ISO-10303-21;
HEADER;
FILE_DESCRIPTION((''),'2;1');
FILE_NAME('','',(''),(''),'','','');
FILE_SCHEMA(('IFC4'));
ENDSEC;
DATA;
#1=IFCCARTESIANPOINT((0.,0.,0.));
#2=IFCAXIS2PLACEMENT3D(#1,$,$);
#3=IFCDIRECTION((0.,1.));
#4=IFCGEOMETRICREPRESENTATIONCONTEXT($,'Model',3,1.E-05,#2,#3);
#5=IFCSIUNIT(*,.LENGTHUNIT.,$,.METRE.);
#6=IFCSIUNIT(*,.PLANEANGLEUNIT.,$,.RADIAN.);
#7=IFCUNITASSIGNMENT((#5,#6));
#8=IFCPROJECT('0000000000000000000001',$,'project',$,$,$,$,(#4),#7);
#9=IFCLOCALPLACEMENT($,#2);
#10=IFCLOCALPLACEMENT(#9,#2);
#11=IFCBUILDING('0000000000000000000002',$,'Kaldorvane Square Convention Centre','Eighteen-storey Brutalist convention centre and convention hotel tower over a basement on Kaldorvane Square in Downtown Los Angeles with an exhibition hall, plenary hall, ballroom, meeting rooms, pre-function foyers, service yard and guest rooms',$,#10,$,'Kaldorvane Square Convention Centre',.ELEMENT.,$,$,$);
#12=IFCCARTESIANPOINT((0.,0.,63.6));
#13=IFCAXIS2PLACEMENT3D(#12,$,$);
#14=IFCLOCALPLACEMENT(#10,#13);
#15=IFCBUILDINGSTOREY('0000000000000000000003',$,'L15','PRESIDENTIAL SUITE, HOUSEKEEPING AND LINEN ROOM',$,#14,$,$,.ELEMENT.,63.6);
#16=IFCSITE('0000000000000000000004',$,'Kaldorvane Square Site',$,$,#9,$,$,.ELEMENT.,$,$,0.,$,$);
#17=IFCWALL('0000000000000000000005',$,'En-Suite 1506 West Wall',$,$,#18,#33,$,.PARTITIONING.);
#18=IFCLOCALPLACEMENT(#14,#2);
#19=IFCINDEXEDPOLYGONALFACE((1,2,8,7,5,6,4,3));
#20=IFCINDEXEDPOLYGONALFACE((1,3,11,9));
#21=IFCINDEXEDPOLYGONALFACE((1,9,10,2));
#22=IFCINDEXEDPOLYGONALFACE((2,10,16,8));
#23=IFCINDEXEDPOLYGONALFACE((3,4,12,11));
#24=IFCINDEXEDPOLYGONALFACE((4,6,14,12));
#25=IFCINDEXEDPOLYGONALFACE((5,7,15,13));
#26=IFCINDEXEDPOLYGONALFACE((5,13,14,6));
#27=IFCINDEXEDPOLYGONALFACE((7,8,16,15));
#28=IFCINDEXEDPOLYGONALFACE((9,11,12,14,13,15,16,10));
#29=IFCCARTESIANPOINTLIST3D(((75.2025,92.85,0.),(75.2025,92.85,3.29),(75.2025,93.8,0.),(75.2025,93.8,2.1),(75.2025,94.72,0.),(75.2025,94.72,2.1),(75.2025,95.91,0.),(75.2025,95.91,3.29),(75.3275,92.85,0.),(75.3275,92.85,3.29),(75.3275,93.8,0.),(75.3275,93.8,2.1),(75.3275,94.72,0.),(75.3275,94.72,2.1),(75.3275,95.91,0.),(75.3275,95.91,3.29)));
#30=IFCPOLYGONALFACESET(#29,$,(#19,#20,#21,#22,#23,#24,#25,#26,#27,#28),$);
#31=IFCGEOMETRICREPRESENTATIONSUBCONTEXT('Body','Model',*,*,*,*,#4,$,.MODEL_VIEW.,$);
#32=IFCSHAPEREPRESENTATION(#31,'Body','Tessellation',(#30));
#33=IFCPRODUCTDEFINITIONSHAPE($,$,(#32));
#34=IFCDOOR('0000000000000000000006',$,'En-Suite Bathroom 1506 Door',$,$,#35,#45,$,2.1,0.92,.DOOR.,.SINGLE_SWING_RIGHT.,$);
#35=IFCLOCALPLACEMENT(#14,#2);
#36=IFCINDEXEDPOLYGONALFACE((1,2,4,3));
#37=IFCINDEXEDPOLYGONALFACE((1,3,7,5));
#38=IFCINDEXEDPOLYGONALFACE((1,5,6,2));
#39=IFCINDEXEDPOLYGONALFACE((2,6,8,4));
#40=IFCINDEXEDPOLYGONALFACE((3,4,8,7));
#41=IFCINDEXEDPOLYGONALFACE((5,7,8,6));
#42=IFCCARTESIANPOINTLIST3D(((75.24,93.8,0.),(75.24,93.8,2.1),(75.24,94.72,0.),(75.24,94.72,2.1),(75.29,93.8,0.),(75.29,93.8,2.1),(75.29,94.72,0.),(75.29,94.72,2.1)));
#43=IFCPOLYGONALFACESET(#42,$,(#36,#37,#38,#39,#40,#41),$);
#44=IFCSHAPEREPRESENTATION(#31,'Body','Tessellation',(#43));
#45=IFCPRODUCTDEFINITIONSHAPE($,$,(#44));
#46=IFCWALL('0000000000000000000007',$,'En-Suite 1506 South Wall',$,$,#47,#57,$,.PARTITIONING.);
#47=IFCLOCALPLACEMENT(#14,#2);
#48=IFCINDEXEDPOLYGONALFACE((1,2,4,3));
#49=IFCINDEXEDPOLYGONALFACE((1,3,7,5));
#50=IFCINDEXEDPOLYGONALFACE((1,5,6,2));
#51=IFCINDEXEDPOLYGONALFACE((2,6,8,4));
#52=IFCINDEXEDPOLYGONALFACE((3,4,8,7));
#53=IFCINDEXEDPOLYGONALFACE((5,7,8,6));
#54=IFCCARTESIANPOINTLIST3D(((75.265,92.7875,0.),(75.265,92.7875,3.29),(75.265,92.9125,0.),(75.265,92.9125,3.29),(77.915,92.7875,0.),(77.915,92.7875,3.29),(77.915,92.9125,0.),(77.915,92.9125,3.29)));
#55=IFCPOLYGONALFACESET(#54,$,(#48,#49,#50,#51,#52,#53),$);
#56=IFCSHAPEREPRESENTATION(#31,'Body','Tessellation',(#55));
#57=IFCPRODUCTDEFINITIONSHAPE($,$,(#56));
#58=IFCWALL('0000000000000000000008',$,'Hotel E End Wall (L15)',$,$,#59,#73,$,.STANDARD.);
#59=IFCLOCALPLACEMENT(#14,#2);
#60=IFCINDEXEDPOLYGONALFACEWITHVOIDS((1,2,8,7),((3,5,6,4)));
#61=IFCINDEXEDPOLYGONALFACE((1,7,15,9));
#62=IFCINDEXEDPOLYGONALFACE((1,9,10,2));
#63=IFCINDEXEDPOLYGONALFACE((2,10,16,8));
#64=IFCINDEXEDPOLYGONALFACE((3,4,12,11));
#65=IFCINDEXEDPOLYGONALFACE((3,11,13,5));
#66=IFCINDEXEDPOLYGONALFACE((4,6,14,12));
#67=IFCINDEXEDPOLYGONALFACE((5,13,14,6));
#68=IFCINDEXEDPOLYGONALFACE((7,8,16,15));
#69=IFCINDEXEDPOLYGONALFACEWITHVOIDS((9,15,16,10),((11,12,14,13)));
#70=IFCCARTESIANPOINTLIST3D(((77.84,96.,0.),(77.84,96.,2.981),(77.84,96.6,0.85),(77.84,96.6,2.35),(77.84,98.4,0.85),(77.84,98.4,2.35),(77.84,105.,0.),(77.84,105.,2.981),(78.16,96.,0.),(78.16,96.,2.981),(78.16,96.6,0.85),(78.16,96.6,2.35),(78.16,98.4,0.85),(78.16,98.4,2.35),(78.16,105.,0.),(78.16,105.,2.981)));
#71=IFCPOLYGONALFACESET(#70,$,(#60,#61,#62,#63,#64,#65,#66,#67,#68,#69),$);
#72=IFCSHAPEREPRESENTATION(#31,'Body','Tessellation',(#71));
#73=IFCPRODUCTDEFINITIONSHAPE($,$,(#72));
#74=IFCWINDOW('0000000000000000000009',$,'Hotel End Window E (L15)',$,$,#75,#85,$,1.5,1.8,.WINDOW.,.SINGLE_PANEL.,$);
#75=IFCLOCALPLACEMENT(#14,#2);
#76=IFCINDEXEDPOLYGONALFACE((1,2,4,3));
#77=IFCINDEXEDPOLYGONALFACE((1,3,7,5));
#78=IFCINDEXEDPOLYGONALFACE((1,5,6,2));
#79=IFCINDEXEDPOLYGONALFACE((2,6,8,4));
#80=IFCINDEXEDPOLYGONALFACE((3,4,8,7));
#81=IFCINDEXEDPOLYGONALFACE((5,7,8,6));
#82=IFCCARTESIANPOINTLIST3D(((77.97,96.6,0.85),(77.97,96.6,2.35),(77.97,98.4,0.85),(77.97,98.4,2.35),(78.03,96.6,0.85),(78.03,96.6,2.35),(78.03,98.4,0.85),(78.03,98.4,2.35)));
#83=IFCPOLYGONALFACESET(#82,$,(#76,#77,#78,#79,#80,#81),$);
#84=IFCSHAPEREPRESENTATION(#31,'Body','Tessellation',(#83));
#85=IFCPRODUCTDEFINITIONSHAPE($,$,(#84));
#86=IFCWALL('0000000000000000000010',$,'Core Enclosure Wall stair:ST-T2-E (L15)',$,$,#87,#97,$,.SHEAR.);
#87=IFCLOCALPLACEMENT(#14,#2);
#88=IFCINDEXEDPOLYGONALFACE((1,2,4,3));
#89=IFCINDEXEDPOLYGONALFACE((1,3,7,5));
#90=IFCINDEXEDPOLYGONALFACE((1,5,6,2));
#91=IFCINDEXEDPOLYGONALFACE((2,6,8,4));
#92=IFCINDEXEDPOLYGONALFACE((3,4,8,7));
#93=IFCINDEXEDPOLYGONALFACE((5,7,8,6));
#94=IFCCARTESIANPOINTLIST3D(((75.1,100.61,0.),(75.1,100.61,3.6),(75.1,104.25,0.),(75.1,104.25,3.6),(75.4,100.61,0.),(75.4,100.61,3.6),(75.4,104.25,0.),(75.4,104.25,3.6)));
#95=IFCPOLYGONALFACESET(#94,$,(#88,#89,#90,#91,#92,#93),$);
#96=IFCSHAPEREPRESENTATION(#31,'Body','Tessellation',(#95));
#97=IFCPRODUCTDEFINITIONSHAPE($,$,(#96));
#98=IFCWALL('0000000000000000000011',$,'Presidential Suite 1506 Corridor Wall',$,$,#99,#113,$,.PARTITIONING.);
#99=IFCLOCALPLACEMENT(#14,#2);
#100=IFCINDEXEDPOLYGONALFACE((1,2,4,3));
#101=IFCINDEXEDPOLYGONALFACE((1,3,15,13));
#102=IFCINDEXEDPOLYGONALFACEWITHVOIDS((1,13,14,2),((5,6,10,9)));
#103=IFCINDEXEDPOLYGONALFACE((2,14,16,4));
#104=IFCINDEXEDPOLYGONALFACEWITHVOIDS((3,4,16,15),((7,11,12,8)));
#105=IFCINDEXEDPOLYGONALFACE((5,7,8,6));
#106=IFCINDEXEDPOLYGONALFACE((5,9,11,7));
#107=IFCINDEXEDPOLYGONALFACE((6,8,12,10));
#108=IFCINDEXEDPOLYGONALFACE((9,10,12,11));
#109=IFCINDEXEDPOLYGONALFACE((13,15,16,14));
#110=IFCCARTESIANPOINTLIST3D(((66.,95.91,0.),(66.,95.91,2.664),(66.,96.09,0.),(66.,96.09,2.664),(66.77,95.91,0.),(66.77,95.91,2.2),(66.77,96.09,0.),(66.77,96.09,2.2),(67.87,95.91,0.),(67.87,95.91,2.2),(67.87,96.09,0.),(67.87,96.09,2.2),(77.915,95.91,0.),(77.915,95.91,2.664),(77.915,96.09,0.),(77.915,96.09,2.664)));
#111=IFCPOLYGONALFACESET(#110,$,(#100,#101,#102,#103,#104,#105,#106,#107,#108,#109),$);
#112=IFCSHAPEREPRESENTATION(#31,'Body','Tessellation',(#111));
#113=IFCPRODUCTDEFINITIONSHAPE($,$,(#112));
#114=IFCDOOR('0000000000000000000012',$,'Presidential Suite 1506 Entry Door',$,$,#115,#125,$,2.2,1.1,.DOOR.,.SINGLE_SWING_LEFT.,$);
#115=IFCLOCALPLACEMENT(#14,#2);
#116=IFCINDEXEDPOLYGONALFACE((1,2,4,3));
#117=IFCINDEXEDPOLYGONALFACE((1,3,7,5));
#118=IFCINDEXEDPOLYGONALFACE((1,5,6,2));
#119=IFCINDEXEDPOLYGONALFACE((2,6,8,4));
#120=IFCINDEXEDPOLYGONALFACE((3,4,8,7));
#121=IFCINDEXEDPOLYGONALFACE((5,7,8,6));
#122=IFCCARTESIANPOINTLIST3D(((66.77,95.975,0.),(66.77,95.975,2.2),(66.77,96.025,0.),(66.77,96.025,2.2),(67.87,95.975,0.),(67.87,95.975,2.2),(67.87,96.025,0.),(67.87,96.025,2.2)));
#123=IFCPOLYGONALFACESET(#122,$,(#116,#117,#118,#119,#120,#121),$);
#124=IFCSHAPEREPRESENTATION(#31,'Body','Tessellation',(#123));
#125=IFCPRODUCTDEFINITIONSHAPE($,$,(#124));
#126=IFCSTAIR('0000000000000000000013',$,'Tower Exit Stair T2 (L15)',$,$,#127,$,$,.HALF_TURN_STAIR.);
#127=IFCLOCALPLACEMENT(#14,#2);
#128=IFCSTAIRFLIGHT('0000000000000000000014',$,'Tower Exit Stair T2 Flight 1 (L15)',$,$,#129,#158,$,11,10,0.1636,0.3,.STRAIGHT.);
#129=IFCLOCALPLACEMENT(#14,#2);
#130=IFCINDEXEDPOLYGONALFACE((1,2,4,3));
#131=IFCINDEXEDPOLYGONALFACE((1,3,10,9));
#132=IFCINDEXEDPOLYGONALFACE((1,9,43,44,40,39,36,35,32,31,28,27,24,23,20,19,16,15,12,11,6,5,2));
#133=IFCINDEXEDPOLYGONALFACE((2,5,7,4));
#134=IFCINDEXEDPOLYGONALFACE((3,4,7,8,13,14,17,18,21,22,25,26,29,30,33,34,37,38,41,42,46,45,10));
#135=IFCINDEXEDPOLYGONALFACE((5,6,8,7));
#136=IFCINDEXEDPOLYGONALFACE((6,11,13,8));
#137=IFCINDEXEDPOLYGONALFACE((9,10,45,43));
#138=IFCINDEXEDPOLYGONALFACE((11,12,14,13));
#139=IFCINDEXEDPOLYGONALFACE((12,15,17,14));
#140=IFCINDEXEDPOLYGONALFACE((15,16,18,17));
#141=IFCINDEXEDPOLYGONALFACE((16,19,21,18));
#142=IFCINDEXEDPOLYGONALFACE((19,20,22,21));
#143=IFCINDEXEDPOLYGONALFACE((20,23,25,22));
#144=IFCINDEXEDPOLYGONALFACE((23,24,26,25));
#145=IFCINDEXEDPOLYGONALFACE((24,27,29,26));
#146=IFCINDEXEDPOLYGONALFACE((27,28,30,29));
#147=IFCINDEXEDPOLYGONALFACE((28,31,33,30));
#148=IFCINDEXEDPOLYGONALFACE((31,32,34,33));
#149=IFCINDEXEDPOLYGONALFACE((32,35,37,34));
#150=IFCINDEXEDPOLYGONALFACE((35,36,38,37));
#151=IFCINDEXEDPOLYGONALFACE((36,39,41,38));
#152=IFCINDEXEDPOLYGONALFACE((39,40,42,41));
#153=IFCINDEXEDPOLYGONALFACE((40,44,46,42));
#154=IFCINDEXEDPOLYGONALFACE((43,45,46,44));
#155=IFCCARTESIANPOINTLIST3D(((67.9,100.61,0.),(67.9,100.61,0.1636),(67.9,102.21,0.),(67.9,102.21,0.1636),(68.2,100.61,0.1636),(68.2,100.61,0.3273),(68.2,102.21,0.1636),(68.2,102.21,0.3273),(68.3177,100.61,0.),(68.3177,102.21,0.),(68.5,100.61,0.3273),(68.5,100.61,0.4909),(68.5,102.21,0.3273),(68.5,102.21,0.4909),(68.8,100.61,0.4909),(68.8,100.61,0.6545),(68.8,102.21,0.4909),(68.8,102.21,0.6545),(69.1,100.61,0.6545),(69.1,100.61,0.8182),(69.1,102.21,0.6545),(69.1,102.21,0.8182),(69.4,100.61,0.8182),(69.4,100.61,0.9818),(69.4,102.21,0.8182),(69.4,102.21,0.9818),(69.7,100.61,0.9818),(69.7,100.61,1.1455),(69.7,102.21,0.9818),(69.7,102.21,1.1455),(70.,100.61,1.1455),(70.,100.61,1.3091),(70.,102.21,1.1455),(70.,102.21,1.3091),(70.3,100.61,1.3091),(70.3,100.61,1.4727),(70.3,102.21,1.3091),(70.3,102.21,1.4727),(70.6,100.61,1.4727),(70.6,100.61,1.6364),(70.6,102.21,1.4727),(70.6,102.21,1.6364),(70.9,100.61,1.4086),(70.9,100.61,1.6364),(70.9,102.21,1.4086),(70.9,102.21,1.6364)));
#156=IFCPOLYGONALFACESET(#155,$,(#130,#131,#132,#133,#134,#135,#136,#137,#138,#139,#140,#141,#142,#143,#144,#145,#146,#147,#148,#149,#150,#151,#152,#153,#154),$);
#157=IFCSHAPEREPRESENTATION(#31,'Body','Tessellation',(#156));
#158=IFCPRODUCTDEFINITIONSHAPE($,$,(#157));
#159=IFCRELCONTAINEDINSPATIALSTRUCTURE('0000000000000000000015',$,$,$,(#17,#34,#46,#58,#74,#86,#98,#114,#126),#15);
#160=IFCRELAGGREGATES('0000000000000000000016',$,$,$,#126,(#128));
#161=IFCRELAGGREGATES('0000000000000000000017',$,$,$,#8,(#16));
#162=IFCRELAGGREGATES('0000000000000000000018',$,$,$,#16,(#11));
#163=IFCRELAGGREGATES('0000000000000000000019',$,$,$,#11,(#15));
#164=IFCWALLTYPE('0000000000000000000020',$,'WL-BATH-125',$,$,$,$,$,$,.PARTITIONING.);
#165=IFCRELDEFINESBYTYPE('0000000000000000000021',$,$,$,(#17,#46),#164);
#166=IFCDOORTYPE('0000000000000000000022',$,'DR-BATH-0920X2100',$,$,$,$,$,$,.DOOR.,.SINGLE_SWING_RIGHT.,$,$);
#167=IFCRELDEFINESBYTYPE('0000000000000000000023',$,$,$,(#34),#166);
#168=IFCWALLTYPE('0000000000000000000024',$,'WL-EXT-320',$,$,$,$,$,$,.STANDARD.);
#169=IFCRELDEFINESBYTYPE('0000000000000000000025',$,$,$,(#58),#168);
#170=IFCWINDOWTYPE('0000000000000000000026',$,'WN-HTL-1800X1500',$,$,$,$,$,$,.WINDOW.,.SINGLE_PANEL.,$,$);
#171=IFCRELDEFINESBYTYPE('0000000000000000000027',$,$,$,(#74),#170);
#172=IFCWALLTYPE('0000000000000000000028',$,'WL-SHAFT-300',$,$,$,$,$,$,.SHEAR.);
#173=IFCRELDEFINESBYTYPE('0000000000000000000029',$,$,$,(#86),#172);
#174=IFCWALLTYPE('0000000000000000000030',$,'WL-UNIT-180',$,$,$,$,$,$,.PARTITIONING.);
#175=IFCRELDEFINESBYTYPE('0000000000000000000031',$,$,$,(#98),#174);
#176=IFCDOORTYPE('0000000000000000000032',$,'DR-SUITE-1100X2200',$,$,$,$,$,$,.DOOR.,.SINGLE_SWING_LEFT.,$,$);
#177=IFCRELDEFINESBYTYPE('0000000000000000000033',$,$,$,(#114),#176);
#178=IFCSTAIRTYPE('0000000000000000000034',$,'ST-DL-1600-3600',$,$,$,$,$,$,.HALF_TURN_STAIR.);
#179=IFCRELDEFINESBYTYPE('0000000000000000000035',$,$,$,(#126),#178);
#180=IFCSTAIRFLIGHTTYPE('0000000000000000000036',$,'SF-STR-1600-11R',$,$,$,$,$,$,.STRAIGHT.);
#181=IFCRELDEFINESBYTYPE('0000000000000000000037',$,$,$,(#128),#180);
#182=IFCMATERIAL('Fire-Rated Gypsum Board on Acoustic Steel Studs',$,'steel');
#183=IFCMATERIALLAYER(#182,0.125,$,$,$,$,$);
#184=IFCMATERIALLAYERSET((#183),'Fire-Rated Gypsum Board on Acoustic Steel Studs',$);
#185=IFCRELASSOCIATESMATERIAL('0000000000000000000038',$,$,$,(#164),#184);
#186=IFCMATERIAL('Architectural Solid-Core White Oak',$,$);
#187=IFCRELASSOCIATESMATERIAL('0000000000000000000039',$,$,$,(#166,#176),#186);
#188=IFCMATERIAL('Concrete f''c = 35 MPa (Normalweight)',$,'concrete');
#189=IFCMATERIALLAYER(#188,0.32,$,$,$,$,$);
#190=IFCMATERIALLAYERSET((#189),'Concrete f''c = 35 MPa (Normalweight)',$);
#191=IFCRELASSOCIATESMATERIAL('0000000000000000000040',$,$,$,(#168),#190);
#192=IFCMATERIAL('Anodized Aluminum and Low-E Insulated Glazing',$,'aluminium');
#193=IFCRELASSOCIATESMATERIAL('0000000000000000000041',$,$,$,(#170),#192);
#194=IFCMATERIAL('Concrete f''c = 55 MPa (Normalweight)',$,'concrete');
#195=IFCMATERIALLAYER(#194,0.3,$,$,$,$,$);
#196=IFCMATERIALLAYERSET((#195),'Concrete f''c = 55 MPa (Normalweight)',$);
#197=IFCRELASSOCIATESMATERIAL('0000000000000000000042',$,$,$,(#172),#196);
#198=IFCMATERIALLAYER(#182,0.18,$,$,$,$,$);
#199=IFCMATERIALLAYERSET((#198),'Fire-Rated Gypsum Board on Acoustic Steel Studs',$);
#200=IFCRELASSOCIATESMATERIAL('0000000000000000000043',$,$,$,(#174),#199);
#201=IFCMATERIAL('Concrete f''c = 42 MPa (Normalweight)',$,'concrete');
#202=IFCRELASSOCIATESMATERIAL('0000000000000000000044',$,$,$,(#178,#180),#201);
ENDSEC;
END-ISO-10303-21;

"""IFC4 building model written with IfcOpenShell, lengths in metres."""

from ifc_helpers import new_model, si_unit, direction, frame, frame_2d, origin, place, context, subcontext, project, spatial, polyline, rectangle, outline, extrude, material, layer, layer_set, type_object, element, fill, aggregate, save


model = new_model("IFC4")

# Units and contexts
model_context = context("Model", 3, precision=1e-05, world=origin(), true_north=direction((0.0, 1.0)))
body_context = subcontext(model_context, "Body", "Model", "MODEL_VIEW")
ifc_project = project(units=[si_unit("LENGTHUNIT", "METRE"), si_unit("PLANEANGLEUNIT", "RADIAN")], contexts=[model_context])

# Site, building, storey
site_placement = place(None, origin())
site = spatial("IfcSite", under=ifc_project, at=site_placement, Name="Kaldorvane Square Site", CompositionType="ELEMENT", RefElevation=0.0)
building_placement = place(site_placement, origin())
building = spatial("IfcBuilding", under=site, at=building_placement, Name="Kaldorvane Square Convention Centre", Description="Eighteen-storey Brutalist convention centre and convention hotel tower over a basement on Kaldorvane Square in Downtown Los Angeles with an exhibition hall, plenary hall, ballroom, meeting rooms, pre-function foyers, service yard and guest rooms", LongName="Kaldorvane Square Convention Centre", CompositionType="ELEMENT")
storey_placement = place(building_placement, frame((0.0, 0.0, 63.6)))
storey = spatial("IfcBuildingStorey", under=building, at=storey_placement, Name="L15", Description="PRESIDENTIAL SUITE, HOUSEKEEPING AND LINEN ROOM", CompositionType="ELEMENT", Elevation=63.6)

# Shared definitions
ifc_material_1 = material(Name="Anodized Aluminum and Low-E Insulated Glazing", Category="aluminium")

# Wall, opening, door
ifc_material_2 = material(Name="Fire-Rated Gypsum Board on Acoustic Steel Studs", Category="steel")
ifc_layer_1 = layer(ifc_material_2, 0.125)
ifc_layer_set_1 = layer_set([ifc_layer_1], Name="Fire-Rated Gypsum Board on Acoustic Steel Studs")
wall_type_1 = type_object("IfcWallType", Name="WL-BATH-125", PredefinedType="PARTITIONING", material=ifc_layer_set_1)
wall_1_placement = place(storey_placement, frame((75.265, 92.85, 0.0), z_axis=(0.0, 0.0, 1.0), x_axis=(0.0, 1.0, 0.0)))
wall_1 = element("IfcWall", 1, at=wall_1_placement, inside=storey, type_object=wall_type_1, Name="En-Suite 1506 West Wall", PredefinedType="PARTITIONING", context=body_context, shape_type="SweptSolid", body=[
    extrude(rectangle(XDim=3.06, YDim=0.125, at=frame_2d((1.53, 0.0))), origin(), (0.0, 0.0, 1.0), 3.29),
])
opening_1_placement = place(wall_1_placement, frame((0.95, 0.0, 0.0)))
opening_1 = element("IfcOpeningElement", 2, at=opening_1_placement, cuts=wall_1, PredefinedType="OPENING", context=body_context, shape_type="SweptSolid", body=[
    extrude(rectangle(XDim=0.92, YDim=2.1, at=frame_2d((0.46, 1.05))), frame((0.0, 0.0775, 0.0), z_axis=(0.0, -1.0, 0.0), x_axis=(1.0, 0.0, 0.0)), (0.0, 0.0, 1.0), 0.155),
])
ifc_material_3 = material(Name="Architectural Solid-Core White Oak")
door_type_1 = type_object("IfcDoorType", Name="DR-BATH-0920X2100", OperationType="SINGLE_SWING_RIGHT", PredefinedType="DOOR", material=ifc_material_3)
door_1_placement = place(opening_1_placement, origin())
door_1 = element("IfcDoor", 3, at=door_1_placement, inside=storey, type_object=door_type_1, Name="En-Suite Bathroom 1506 Door", OperationType="SINGLE_SWING_RIGHT", OverallHeight=2.1, OverallWidth=0.92, PredefinedType="DOOR", context=body_context, shape_type="SweptSolid", body=[
    extrude(rectangle(XDim=0.92, YDim=2.1, at=frame_2d((0.46, 1.05))), frame((0.0, 0.025, 0.0), z_axis=(0.0, -1.0, 0.0), x_axis=(1.0, 0.0, 0.0)), (0.0, 0.0, 1.0), 0.05),
])
fill(opening_1, door_1)

# Wall
wall_2_placement = place(storey_placement, frame((75.265, 92.85, 0.0), z_axis=(0.0, 0.0, 1.0), x_axis=(1.0, 0.0, 0.0)))
element("IfcWall", 4, at=wall_2_placement, inside=storey, type_object=wall_type_1, Name="En-Suite 1506 South Wall", PredefinedType="PARTITIONING", context=body_context, shape_type="SweptSolid", body=[
    extrude(rectangle(XDim=2.65, YDim=0.125, at=frame_2d((1.325, 0.0))), origin(), (0.0, 0.0, 1.0), 3.29),
])

# Wall, opening, window
ifc_material_4 = material(Name="Concrete f'c = 35 MPa (Normalweight)", Category="concrete")
ifc_layer_2 = layer(ifc_material_4, 0.32)
ifc_layer_set_2 = layer_set([ifc_layer_2], Name="Concrete f'c = 35 MPa (Normalweight)")
wall_type_2 = type_object("IfcWallType", Name="WL-EXT-320", PredefinedType="STANDARD", material=ifc_layer_set_2)
wall_3_placement = place(storey_placement, frame((78.0, 96.0, 0.0), z_axis=(0.0, 0.0, 1.0), x_axis=(0.0, 1.0, 0.0)))
wall_3 = element("IfcWall", 5, at=wall_3_placement, inside=storey, type_object=wall_type_2, Name="Hotel E End Wall (L15)", PredefinedType="STANDARD", context=body_context, shape_type="SweptSolid", body=[
    extrude(rectangle(XDim=9.0, YDim=0.32, at=frame_2d((4.5, 0.0))), origin(), (0.0, 0.0, 1.0), 2.981),
])
opening_2_placement = place(wall_3_placement, frame((0.6, 0.0, 0.85)))
opening_2 = element("IfcOpeningElement", 6, at=opening_2_placement, cuts=wall_3, PredefinedType="OPENING", context=body_context, shape_type="SweptSolid", body=[
    extrude(rectangle(XDim=1.8, YDim=1.5, at=frame_2d((0.9, 0.75))), frame((0.0, 0.175, 0.0), z_axis=(0.0, -1.0, 0.0), x_axis=(1.0, 0.0, 0.0)), (0.0, 0.0, 1.0), 0.35),
])
window_type = type_object("IfcWindowType", Name="WN-HTL-1800X1500", PartitioningType="SINGLE_PANEL", PredefinedType="WINDOW", material=ifc_material_1)
window_placement = place(opening_2_placement, origin())
window = element("IfcWindow", 7, at=window_placement, inside=storey, type_object=window_type, Name="Hotel End Window E (L15)", OverallHeight=1.5, OverallWidth=1.8, PartitioningType="SINGLE_PANEL", PredefinedType="WINDOW", context=body_context, shape_type="SweptSolid", body=[
    extrude(rectangle(XDim=1.8, YDim=1.5, at=frame_2d((0.9, 0.75))), frame((0.0, 0.03, 0.0), z_axis=(0.0, -1.0, 0.0), x_axis=(1.0, 0.0, 0.0)), (0.0, 0.0, 1.0), 0.06),
])
fill(opening_2, window)

# Wall
ifc_material_5 = material(Name="Concrete f'c = 55 MPa (Normalweight)", Category="concrete")
ifc_layer_3 = layer(ifc_material_5, 0.3)
ifc_layer_set_3 = layer_set([ifc_layer_3], Name="Concrete f'c = 55 MPa (Normalweight)")
wall_type_3 = type_object("IfcWallType", Name="WL-SHAFT-300", PredefinedType="SHEAR", material=ifc_layer_set_3)
wall_4_placement = place(storey_placement, frame((75.25, 100.61, 0.0), z_axis=(0.0, 0.0, 1.0), x_axis=(0.0, 1.0, 0.0)))
element("IfcWall", 8, at=wall_4_placement, inside=storey, type_object=wall_type_3, Name="Core Enclosure Wall stair:ST-T2-E (L15)", PredefinedType="SHEAR", context=body_context, shape_type="SweptSolid", body=[
    extrude(rectangle(XDim=3.64, YDim=0.3, at=frame_2d((1.82, 0.0))), origin(), (0.0, 0.0, 1.0), 3.6),
])

# Wall, opening, door
ifc_layer_4 = layer(ifc_material_2, 0.18)
ifc_layer_set_4 = layer_set([ifc_layer_4], Name="Fire-Rated Gypsum Board on Acoustic Steel Studs")
wall_type_4 = type_object("IfcWallType", Name="WL-UNIT-180", PredefinedType="PARTITIONING", material=ifc_layer_set_4)
wall_5_placement = place(storey_placement, frame((66.0, 96.0, 0.0), z_axis=(0.0, 0.0, 1.0), x_axis=(1.0, 0.0, 0.0)))
wall_5 = element("IfcWall", 9, at=wall_5_placement, inside=storey, type_object=wall_type_4, Name="Presidential Suite 1506 Corridor Wall", PredefinedType="PARTITIONING", context=body_context, shape_type="SweptSolid", body=[
    extrude(rectangle(XDim=11.915, YDim=0.18, at=frame_2d((5.9575, 0.0))), origin(), (0.0, 0.0, 1.0), 2.664),
])
opening_3_placement = place(wall_5_placement, frame((0.77, 0.0, 0.0)))
opening_3 = element("IfcOpeningElement", 10, at=opening_3_placement, cuts=wall_5, PredefinedType="OPENING", context=body_context, shape_type="SweptSolid", body=[
    extrude(rectangle(XDim=1.1, YDim=2.2, at=frame_2d((0.55, 1.1))), frame((0.0, 0.105, 0.0), z_axis=(0.0, -1.0, 0.0), x_axis=(1.0, 0.0, 0.0)), (0.0, 0.0, 1.0), 0.21),
])
door_type_2 = type_object("IfcDoorType", Name="DR-SUITE-1100X2200", OperationType="SINGLE_SWING_LEFT", PredefinedType="DOOR", material=ifc_material_3)
door_2_placement = place(opening_3_placement, origin())
door_2 = element("IfcDoor", 11, at=door_2_placement, inside=storey, type_object=door_type_2, Name="Presidential Suite 1506 Entry Door", OperationType="SINGLE_SWING_LEFT", OverallHeight=2.2, OverallWidth=1.1, PredefinedType="DOOR", context=body_context, shape_type="SweptSolid", body=[
    extrude(rectangle(XDim=1.1, YDim=2.2, at=frame_2d((0.55, 1.1))), frame((0.0, 0.025, 0.0), z_axis=(0.0, -1.0, 0.0), x_axis=(1.0, 0.0, 0.0)), (0.0, 0.0, 1.0), 0.05),
])
fill(opening_3, door_2)

# Stair, stair flight
ifc_material_6 = material(Name="Concrete f'c = 42 MPa (Normalweight)", Category="concrete")
stair_type = type_object("IfcStairType", Name="ST-DL-1600-3600", PredefinedType="HALF_TURN_STAIR", material=ifc_material_6)
stair_placement = place(storey_placement, origin())
stair = element("IfcStair", 12, at=stair_placement, inside=storey, type_object=stair_type, Name="Tower Exit Stair T2 (L15)", PredefinedType="HALF_TURN_STAIR")
stair_flight_type = type_object("IfcStairFlightType", Name="SF-STR-1600-11R", PredefinedType="STRAIGHT", material=ifc_material_6)
stair_flight_placement = place(storey_placement, frame((67.9, 101.41, 0.0), z_axis=(0.0, 0.0, 1.0), x_axis=(1.0, 0.0, 0.0)))
stair_flight = element("IfcStairFlight", 13, at=stair_flight_placement, type_object=stair_flight_type, Name="Tower Exit Stair T2 Flight 1 (L15)", NumberOfRisers=11, NumberOfTreads=10, PredefinedType="STRAIGHT", RiserHeight=0.1636, TreadLength=0.3, context=body_context, shape_type="SweptSolid", body=[
    extrude(outline(polyline([(0.0, 0.0), (0.0, 0.1636), (0.3, 0.1636), (0.3, 0.3273), (0.6, 0.3273), (0.6, 0.4909), (0.9, 0.4909), (0.9, 0.6545), (1.2, 0.6545), (1.2, 0.8182), (1.5, 0.8182), (1.5, 0.9818), (1.8, 0.9818), (1.8, 1.1455), (2.1, 1.1455), (2.1, 1.3091), (2.4, 1.3091), (2.4, 1.4727), (2.7, 1.4727), (2.7, 1.6364), (3.0, 1.6364), (3.0, 1.8), (3.0, 1.4086), (0.4177, 0.0), (0.0, 0.0)])), frame((0.0, 0.8, 0.0), z_axis=(0.0, -1.0, 0.0), x_axis=(1.0, 0.0, 0.0)), (0.0, 0.0, 1.0), 1.6),
])
aggregate(stair, [stair_flight])

save(model, "model.ifc")
